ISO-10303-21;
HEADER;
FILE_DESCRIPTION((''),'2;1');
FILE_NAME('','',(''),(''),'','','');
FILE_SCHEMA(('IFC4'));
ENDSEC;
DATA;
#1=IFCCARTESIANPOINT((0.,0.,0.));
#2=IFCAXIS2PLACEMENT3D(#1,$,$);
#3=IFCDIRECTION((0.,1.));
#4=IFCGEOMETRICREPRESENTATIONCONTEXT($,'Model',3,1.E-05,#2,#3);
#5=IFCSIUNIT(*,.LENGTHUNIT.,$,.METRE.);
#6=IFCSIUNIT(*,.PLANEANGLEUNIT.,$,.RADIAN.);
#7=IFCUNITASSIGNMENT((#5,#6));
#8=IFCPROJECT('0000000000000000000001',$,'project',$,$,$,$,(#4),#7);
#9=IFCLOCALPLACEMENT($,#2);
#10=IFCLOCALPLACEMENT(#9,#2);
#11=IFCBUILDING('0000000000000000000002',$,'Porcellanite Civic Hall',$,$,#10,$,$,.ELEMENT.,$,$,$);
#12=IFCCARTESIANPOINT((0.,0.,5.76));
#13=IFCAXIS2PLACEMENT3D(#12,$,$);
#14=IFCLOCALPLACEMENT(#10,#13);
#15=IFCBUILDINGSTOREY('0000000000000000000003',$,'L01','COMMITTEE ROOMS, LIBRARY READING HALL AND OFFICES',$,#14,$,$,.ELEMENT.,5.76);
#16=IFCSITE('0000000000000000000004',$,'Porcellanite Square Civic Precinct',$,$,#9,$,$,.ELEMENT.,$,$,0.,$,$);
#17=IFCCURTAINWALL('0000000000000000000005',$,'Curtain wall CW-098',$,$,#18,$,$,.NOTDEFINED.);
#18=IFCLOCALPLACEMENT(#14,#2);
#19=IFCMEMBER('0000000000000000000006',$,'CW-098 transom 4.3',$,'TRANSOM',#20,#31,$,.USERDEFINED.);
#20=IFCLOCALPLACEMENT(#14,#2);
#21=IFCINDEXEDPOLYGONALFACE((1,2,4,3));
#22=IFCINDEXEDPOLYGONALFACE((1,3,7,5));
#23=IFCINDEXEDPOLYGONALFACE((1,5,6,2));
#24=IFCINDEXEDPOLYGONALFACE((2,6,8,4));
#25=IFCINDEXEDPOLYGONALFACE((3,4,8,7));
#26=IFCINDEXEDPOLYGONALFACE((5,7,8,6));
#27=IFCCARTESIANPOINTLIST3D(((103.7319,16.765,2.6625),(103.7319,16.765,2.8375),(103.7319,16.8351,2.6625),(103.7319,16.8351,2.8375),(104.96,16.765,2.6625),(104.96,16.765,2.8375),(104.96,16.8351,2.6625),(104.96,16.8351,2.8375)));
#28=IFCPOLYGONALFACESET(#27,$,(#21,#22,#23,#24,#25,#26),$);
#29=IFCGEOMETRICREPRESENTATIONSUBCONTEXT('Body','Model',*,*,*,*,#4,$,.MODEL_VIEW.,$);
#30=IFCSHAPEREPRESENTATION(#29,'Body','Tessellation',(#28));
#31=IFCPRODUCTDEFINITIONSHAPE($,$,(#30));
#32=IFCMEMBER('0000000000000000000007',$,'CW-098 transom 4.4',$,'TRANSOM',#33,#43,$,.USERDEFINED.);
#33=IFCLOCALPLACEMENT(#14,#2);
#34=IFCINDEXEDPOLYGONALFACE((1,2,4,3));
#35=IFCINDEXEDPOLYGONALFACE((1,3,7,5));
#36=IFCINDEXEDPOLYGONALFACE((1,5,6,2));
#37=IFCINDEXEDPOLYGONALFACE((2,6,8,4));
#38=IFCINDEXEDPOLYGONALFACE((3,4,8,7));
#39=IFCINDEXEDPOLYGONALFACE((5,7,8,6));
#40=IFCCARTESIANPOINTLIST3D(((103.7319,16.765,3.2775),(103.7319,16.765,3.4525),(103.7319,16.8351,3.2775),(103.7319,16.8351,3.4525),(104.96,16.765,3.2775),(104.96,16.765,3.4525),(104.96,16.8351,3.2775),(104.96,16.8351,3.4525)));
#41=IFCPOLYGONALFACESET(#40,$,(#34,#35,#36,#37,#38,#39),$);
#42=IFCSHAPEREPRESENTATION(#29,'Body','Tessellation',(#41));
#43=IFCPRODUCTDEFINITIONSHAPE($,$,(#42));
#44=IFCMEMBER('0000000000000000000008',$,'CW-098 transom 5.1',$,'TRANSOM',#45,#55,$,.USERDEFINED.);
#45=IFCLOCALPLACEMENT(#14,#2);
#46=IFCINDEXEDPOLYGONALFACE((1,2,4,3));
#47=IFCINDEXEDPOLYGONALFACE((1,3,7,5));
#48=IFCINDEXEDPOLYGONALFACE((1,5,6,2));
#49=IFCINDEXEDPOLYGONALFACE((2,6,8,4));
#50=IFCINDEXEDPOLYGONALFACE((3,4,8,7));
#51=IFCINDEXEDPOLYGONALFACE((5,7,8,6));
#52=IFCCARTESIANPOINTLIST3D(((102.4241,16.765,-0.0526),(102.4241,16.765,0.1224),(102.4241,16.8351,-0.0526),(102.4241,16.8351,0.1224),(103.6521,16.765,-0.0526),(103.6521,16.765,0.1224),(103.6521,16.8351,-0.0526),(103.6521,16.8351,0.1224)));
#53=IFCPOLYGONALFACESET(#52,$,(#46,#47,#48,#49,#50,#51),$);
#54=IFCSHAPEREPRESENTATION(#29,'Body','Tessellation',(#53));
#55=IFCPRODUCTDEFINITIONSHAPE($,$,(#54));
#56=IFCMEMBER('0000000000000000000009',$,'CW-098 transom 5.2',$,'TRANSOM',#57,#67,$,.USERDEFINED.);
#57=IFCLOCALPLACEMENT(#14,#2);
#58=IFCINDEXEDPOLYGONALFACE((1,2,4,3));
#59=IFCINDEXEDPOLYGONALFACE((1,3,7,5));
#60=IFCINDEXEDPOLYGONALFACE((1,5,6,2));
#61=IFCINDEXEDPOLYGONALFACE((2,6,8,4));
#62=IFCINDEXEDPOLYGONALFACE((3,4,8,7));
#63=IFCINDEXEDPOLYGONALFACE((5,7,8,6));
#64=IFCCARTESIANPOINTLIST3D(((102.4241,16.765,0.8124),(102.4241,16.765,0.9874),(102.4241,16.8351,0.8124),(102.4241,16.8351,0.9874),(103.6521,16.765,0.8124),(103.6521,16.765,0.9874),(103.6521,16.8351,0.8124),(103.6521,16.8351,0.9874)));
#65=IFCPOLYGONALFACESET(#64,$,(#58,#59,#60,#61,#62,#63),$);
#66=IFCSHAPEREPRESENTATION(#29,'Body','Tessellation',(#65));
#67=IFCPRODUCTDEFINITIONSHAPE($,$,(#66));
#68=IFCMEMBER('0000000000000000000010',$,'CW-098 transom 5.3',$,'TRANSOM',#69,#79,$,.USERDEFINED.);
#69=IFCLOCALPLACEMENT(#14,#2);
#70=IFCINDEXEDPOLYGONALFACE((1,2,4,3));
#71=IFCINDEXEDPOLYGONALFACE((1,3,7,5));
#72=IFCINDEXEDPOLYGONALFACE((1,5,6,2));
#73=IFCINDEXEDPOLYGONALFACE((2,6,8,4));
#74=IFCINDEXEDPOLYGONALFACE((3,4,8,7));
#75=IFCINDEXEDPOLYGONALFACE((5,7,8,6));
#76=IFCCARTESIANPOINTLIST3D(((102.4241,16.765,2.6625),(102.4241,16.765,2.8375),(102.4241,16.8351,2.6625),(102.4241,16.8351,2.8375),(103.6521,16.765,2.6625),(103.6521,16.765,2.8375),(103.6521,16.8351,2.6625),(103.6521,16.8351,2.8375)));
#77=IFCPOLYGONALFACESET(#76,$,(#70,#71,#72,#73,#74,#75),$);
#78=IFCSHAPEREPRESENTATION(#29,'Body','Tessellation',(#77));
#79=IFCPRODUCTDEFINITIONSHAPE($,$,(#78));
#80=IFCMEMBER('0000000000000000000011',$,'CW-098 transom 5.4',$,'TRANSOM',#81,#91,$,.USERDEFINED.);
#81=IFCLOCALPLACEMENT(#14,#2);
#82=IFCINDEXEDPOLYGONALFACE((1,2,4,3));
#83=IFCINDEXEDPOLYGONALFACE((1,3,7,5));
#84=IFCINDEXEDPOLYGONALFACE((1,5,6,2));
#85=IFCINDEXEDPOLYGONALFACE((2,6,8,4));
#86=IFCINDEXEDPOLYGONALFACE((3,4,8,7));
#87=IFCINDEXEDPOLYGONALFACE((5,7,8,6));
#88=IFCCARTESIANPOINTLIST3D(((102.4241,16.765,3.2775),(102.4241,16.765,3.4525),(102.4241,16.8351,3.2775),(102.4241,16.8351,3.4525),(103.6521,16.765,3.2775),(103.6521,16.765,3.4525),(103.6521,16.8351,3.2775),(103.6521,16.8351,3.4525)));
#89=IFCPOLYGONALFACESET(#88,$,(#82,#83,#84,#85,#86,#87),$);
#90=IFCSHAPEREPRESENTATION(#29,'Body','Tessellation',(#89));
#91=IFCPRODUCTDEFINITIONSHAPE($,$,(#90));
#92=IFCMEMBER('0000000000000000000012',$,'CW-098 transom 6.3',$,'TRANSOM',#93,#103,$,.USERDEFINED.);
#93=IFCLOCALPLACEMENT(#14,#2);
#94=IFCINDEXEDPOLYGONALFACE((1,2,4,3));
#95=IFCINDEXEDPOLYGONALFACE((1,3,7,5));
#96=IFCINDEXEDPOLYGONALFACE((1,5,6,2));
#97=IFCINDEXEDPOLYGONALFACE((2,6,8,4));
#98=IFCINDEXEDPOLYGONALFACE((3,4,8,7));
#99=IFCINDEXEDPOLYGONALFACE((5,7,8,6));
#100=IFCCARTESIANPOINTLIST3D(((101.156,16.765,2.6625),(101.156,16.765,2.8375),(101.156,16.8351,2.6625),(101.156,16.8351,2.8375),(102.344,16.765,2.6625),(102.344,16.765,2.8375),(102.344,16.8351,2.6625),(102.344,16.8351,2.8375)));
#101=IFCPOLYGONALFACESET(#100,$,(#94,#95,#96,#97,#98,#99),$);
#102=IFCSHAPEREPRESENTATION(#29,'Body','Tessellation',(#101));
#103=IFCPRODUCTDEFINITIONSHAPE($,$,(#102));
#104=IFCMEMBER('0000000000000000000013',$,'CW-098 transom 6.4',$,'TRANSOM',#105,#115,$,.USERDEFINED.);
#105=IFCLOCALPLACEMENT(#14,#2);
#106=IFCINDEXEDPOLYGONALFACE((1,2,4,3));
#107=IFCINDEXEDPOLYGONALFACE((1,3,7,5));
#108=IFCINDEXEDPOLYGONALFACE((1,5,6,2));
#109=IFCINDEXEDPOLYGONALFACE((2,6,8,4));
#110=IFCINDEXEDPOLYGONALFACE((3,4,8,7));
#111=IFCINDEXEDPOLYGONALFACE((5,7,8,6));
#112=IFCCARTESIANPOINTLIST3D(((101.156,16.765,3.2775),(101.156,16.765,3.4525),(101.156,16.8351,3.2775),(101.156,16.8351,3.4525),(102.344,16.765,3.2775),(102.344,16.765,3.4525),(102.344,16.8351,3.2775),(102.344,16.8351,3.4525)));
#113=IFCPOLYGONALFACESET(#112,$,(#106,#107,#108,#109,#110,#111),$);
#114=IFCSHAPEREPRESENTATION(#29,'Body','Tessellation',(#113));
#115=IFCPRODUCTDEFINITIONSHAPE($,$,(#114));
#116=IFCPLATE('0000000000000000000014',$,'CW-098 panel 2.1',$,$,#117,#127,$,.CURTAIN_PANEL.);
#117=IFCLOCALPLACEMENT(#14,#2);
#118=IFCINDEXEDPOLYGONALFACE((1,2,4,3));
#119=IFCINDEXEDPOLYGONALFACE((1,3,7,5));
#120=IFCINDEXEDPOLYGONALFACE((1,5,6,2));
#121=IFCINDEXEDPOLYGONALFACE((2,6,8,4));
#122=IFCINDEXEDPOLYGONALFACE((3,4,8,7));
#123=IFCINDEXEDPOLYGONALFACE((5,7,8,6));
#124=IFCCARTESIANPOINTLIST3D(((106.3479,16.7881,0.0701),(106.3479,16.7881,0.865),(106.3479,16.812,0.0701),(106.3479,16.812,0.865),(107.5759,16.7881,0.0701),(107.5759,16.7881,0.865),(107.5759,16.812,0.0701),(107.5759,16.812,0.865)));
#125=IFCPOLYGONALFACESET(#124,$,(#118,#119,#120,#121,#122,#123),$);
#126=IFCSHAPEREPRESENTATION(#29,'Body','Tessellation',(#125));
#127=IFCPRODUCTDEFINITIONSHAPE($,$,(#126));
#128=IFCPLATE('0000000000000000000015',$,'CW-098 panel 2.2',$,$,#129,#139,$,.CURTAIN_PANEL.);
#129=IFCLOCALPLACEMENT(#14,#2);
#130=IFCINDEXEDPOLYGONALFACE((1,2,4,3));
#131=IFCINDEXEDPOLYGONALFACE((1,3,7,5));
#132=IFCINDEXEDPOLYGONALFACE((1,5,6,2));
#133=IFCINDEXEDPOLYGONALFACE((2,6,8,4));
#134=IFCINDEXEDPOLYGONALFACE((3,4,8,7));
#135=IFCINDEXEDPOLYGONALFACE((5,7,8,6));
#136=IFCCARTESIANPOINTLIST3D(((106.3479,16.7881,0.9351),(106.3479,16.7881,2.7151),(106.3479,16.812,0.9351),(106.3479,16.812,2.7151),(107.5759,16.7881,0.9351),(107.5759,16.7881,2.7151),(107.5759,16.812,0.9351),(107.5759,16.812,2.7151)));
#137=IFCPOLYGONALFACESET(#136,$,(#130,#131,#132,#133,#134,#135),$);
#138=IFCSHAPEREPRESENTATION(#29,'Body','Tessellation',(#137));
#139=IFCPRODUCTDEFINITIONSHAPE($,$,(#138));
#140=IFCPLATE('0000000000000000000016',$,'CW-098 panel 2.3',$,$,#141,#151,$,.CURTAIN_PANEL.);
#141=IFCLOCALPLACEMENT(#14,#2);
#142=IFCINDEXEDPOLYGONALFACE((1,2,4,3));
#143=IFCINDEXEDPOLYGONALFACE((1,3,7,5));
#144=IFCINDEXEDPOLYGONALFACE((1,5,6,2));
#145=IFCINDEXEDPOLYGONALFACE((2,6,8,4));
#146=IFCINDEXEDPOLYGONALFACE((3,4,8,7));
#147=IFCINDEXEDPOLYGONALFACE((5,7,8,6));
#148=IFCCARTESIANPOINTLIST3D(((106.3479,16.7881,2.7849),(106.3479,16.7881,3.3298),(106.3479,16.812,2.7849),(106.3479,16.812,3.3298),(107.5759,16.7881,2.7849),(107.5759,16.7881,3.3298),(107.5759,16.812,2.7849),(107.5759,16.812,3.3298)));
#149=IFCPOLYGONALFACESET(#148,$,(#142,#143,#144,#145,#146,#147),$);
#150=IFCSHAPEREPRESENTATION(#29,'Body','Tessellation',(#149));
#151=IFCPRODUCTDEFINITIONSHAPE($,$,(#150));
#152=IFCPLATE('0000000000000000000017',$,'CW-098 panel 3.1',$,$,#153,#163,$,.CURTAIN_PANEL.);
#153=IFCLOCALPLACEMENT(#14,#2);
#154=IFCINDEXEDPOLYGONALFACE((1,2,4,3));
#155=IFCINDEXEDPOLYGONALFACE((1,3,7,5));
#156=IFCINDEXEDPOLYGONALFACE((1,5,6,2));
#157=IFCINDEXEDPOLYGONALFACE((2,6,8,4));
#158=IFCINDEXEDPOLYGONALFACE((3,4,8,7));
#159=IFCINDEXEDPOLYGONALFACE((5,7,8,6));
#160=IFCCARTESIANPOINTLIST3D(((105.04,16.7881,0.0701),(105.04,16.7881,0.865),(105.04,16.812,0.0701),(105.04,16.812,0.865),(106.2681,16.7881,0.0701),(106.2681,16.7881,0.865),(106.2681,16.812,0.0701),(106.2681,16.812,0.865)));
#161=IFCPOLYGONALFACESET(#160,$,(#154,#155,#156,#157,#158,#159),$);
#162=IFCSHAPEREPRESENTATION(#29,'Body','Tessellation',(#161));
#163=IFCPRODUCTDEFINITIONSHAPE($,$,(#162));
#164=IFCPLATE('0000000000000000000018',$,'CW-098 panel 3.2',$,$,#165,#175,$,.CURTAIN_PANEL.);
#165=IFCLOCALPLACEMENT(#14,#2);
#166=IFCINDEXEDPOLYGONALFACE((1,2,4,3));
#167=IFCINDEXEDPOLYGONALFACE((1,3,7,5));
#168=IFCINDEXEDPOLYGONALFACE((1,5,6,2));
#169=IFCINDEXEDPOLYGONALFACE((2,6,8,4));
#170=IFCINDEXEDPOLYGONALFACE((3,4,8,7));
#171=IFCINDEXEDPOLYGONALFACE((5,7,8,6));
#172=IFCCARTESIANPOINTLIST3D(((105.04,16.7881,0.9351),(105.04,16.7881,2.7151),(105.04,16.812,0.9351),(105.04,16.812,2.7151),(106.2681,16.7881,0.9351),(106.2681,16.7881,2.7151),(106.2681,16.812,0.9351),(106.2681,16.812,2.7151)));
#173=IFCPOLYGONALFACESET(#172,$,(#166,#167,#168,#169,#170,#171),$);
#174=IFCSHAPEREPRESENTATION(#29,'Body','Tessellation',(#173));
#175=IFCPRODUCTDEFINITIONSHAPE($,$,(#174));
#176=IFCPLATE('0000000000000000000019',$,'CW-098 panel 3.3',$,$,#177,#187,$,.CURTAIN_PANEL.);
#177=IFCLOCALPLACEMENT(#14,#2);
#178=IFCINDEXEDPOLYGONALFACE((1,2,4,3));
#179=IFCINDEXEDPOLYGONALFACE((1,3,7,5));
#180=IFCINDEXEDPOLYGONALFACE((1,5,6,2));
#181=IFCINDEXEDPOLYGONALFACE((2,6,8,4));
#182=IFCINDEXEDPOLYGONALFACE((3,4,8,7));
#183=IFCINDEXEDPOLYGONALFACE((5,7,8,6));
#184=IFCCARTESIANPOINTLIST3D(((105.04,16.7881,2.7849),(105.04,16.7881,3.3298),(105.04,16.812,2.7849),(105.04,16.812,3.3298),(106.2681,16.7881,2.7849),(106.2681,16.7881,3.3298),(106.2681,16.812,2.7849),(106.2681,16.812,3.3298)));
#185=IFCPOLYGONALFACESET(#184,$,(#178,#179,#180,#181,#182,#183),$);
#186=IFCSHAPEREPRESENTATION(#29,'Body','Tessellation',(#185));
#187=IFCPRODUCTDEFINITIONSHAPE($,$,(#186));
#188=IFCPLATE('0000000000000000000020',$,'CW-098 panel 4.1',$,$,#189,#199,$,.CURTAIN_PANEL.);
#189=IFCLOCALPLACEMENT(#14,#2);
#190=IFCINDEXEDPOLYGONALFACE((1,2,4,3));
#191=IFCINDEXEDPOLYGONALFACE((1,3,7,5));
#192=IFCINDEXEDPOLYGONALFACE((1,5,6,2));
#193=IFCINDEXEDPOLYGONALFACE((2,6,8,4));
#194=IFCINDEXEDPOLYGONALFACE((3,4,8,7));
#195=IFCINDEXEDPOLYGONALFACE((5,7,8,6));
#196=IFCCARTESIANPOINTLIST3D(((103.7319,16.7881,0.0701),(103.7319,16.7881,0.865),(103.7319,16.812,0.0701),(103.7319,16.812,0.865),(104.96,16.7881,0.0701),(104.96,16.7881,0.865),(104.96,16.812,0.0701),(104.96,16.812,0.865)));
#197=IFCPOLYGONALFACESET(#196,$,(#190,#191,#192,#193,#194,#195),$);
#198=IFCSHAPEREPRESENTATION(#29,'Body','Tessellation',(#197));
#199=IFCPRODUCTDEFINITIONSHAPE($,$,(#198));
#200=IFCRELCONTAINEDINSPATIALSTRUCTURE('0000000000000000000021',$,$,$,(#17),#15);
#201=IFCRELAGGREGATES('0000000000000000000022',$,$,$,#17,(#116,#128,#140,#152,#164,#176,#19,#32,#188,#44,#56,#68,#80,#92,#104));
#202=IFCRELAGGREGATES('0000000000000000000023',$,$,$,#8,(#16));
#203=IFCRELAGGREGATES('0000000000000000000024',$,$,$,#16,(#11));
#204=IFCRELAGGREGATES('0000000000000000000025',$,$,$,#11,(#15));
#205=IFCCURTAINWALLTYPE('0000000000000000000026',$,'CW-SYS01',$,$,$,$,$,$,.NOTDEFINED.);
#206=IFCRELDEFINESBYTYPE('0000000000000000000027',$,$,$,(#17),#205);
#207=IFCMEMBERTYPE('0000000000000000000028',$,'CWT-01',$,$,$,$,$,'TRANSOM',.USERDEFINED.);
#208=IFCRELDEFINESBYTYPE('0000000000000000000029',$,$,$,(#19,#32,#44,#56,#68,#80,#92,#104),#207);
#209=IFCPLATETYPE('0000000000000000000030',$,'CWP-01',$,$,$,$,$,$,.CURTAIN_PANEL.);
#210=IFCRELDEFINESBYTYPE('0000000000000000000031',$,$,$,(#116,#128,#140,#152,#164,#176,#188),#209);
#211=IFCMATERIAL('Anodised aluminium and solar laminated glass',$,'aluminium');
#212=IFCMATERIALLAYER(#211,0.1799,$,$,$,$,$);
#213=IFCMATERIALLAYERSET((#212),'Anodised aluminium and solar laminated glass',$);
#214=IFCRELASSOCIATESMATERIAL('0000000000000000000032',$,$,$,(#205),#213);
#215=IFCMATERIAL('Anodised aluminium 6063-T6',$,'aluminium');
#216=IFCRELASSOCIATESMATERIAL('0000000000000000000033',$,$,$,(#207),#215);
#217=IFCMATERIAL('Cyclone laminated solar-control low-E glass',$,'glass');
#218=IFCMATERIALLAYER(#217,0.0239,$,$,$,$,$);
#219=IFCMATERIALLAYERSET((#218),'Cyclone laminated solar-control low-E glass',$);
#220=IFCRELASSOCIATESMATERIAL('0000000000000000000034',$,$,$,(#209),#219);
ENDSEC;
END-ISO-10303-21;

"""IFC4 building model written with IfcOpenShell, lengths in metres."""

from ifc_helpers import new_model, si_unit, direction, frame, origin, origin_2d, place, context, subcontext, project, spatial, rectangle, extrude, material, layer, layer_set, material_profile, profile_set, type_object, element, aggregate, save


model = new_model("IFC4")

# Units and contexts
model_context = context("Model", 3, precision=1e-05, world=origin(), true_north=direction((0.0, 1.0)))
body_context = subcontext(model_context, "Body", "Model", "MODEL_VIEW")
ifc_project = project(units=[si_unit("LENGTHUNIT", "METRE"), si_unit("PLANEANGLEUNIT", "RADIAN")], contexts=[model_context])

# Site, building, storey
site_placement = place(None, origin())
site = spatial("IfcSite", under=ifc_project, at=site_placement, Name="Porcellanite Square Civic Precinct", CompositionType="ELEMENT", RefElevation=0.0)
building_placement = place(site_placement, origin())
building = spatial("IfcBuilding", under=site, at=building_placement, Name="Porcellanite Civic Hall", CompositionType="ELEMENT")
storey_placement = place(building_placement, frame((0.0, 0.0, 5.76)))
storey = spatial("IfcBuildingStorey", under=building, at=storey_placement, Name="L01", Description="COMMITTEE ROOMS, LIBRARY READING HALL AND OFFICES", CompositionType="ELEMENT", Elevation=5.76)

# Curtain wall, members, plates
ifc_material_1 = material(Name="Anodised aluminium and solar laminated glass", Category="aluminium")
ifc_layer_1 = layer(ifc_material_1, 0.1799)
ifc_layer_set_1 = layer_set([ifc_layer_1], Name="Anodised aluminium and solar laminated glass")
curtain_wall_type = type_object("IfcCurtainWallType", Name="CW-SYS01", PredefinedType="NOTDEFINED", material=ifc_layer_set_1)
curtain_wall_placement = place(storey_placement, origin())
curtain_wall = element("IfcCurtainWall", 1, at=curtain_wall_placement, inside=storey, type_object=curtain_wall_type, Name="Curtain wall CW-098", PredefinedType="NOTDEFINED")
ifc_material_2 = material(Name="Anodised aluminium 6063-T6", Category="aluminium")
ifc_material_profile_1 = material_profile(ifc_material_2, rectangle(XDim=0.0701, YDim=0.175, at=origin_2d()), Name="AL-70x175")
ifc_profile_set_1 = profile_set([ifc_material_profile_1], Name="Anodised aluminium 6063-T6")
member_type_1 = type_object("IfcMemberType", Name="CWT-01", ElementType="TRANSOM", PredefinedType="USERDEFINED", material=ifc_profile_set_1)
member_1_placement = place(storey_placement, frame((104.96, 16.8, 2.75), z_axis=(-1.0, 0.0, 0.0), x_axis=(0.0, -1.0, 0.0)))
member_1 = element("IfcMember", 2, at=member_1_placement, type_object=member_type_1, Name="CW-098 transom 4.3", ObjectType="TRANSOM", PredefinedType="USERDEFINED", context=body_context, shape_type="SweptSolid", body=[
    extrude(rectangle(XDim=0.0701, YDim=0.175, at=origin_2d()), origin(), (0.0, 0.0, 1.0), 1.228),
])
member_2_placement = place(storey_placement, frame((104.96, 16.8, 3.365), z_axis=(-1.0, 0.0, 0.0), x_axis=(0.0, -1.0, 0.0)))
member_2 = element("IfcMember", 3, at=member_2_placement, type_object=member_type_1, Name="CW-098 transom 4.4", ObjectType="TRANSOM", PredefinedType="USERDEFINED", context=body_context, shape_type="SweptSolid", body=[
    extrude(rectangle(XDim=0.0701, YDim=0.175, at=origin_2d()), origin(), (0.0, 0.0, 1.0), 1.228),
])
member_3_placement = place(storey_placement, frame((103.6521, 16.8, 0.0349), z_axis=(-1.0, 0.0, 0.0), x_axis=(0.0, -1.0, 0.0)))
member_3 = element("IfcMember", 4, at=member_3_placement, type_object=member_type_1, Name="CW-098 transom 5.1", ObjectType="TRANSOM", PredefinedType="USERDEFINED", context=body_context, shape_type="SweptSolid", body=[
    extrude(rectangle(XDim=0.0701, YDim=0.175, at=origin_2d()), origin(), (0.0, 0.0, 1.0), 1.228),
])
member_4_placement = place(storey_placement, frame((103.6521, 16.8, 0.8999), z_axis=(-1.0, 0.0, 0.0), x_axis=(0.0, -1.0, 0.0)))
member_4 = element("IfcMember", 5, at=member_4_placement, type_object=member_type_1, Name="CW-098 transom 5.2", ObjectType="TRANSOM", PredefinedType="USERDEFINED", context=body_context, shape_type="SweptSolid", body=[
    extrude(rectangle(XDim=0.0701, YDim=0.175, at=origin_2d()), origin(), (0.0, 0.0, 1.0), 1.228),
])
member_5_placement = place(storey_placement, frame((103.6521, 16.8, 2.75), z_axis=(-1.0, 0.0, 0.0), x_axis=(0.0, -1.0, 0.0)))
member_5 = element("IfcMember", 6, at=member_5_placement, type_object=member_type_1, Name="CW-098 transom 5.3", ObjectType="TRANSOM", PredefinedType="USERDEFINED", context=body_context, shape_type="SweptSolid", body=[
    extrude(rectangle(XDim=0.0701, YDim=0.175, at=origin_2d()), origin(), (0.0, 0.0, 1.0), 1.228),
])
member_6_placement = place(storey_placement, frame((103.6521, 16.8, 3.365), z_axis=(-1.0, 0.0, 0.0), x_axis=(0.0, -1.0, 0.0)))
member_6 = element("IfcMember", 7, at=member_6_placement, type_object=member_type_1, Name="CW-098 transom 5.4", ObjectType="TRANSOM", PredefinedType="USERDEFINED", context=body_context, shape_type="SweptSolid", body=[
    extrude(rectangle(XDim=0.0701, YDim=0.175, at=origin_2d()), origin(), (0.0, 0.0, 1.0), 1.228),
])
member_7_placement = place(storey_placement, frame((102.344, 16.8, 2.75), z_axis=(-1.0, 0.0, 0.0), x_axis=(0.0, -1.0, 0.0)))
member_7 = element("IfcMember", 8, at=member_7_placement, type_object=member_type_1, Name="CW-098 transom 6.3", ObjectType="TRANSOM", PredefinedType="USERDEFINED", context=body_context, shape_type="SweptSolid", body=[
    extrude(rectangle(XDim=0.0701, YDim=0.175, at=origin_2d()), origin(), (0.0, 0.0, 1.0), 1.188),
])
member_8_placement = place(storey_placement, frame((102.344, 16.8, 3.365), z_axis=(-1.0, 0.0, 0.0), x_axis=(0.0, -1.0, 0.0)))
member_8 = element("IfcMember", 9, at=member_8_placement, type_object=member_type_1, Name="CW-098 transom 6.4", ObjectType="TRANSOM", PredefinedType="USERDEFINED", context=body_context, shape_type="SweptSolid", body=[
    extrude(rectangle(XDim=0.0701, YDim=0.175, at=origin_2d()), origin(), (0.0, 0.0, 1.0), 1.188),
])
ifc_material_3 = material(Name="Cyclone laminated solar-control low-E glass", Category="glass")
ifc_layer_2 = layer(ifc_material_3, 0.0239)
ifc_layer_set_2 = layer_set([ifc_layer_2], Name="Cyclone laminated solar-control low-E glass")
plate_type = type_object("IfcPlateType", Name="CWP-01", PredefinedType="CURTAIN_PANEL", material=ifc_layer_set_2)
plate_1_placement = place(storey_placement, frame((106.9619, 16.8, 0.0701), z_axis=(0.0, 0.0, 1.0), x_axis=(-1.0, 0.0, 0.0)))
plate_1 = element("IfcPlate", 10, at=plate_1_placement, type_object=plate_type, Name="CW-098 panel 2.1", PredefinedType="CURTAIN_PANEL", context=body_context, shape_type="SweptSolid", body=[
    extrude(rectangle(XDim=1.228, YDim=0.0239, at=origin_2d()), origin(), (0.0, 0.0, 1.0), 0.7949),
])
plate_2_placement = place(storey_placement, frame((106.9619, 16.8, 0.9351), z_axis=(0.0, 0.0, 1.0), x_axis=(-1.0, 0.0, 0.0)))
plate_2 = element("IfcPlate", 11, at=plate_2_placement, type_object=plate_type, Name="CW-098 panel 2.2", PredefinedType="CURTAIN_PANEL", context=body_context, shape_type="SweptSolid", body=[
    extrude(rectangle(XDim=1.228, YDim=0.0239, at=origin_2d()), origin(), (0.0, 0.0, 1.0), 1.78),
])
plate_3_placement = place(storey_placement, frame((106.9619, 16.8, 2.7849), z_axis=(0.0, 0.0, 1.0), x_axis=(-1.0, 0.0, 0.0)))
plate_3 = element("IfcPlate", 12, at=plate_3_placement, type_object=plate_type, Name="CW-098 panel 2.3", PredefinedType="CURTAIN_PANEL", context=body_context, shape_type="SweptSolid", body=[
    extrude(rectangle(XDim=1.228, YDim=0.0239, at=origin_2d()), origin(), (0.0, 0.0, 1.0), 0.5449),
])
plate_4_placement = place(storey_placement, frame((105.6541, 16.8, 0.0701), z_axis=(0.0, 0.0, 1.0), x_axis=(-1.0, 0.0, 0.0)))
plate_4 = element("IfcPlate", 13, at=plate_4_placement, type_object=plate_type, Name="CW-098 panel 3.1", PredefinedType="CURTAIN_PANEL", context=body_context, shape_type="SweptSolid", body=[
    extrude(rectangle(XDim=1.228, YDim=0.0239, at=origin_2d()), origin(), (0.0, 0.0, 1.0), 0.7949),
])
plate_5_placement = place(storey_placement, frame((105.6541, 16.8, 0.9351), z_axis=(0.0, 0.0, 1.0), x_axis=(-1.0, 0.0, 0.0)))
plate_5 = element("IfcPlate", 14, at=plate_5_placement, type_object=plate_type, Name="CW-098 panel 3.2", PredefinedType="CURTAIN_PANEL", context=body_context, shape_type="SweptSolid", body=[
    extrude(rectangle(XDim=1.228, YDim=0.0239, at=origin_2d()), origin(), (0.0, 0.0, 1.0), 1.78),
])
plate_6_placement = place(storey_placement, frame((105.6541, 16.8, 2.7849), z_axis=(0.0, 0.0, 1.0), x_axis=(-1.0, 0.0, 0.0)))
plate_6 = element("IfcPlate", 15, at=plate_6_placement, type_object=plate_type, Name="CW-098 panel 3.3", PredefinedType="CURTAIN_PANEL", context=body_context, shape_type="SweptSolid", body=[
    extrude(rectangle(XDim=1.228, YDim=0.0239, at=origin_2d()), origin(), (0.0, 0.0, 1.0), 0.5449),
])
plate_7_placement = place(storey_placement, frame((104.3459, 16.8, 0.0701), z_axis=(0.0, 0.0, 1.0), x_axis=(-1.0, 0.0, 0.0)))
plate_7 = element("IfcPlate", 16, at=plate_7_placement, type_object=plate_type, Name="CW-098 panel 4.1", PredefinedType="CURTAIN_PANEL", context=body_context, shape_type="SweptSolid", body=[
    extrude(rectangle(XDim=1.228, YDim=0.0239, at=origin_2d()), origin(), (0.0, 0.0, 1.0), 0.7949),
])
aggregate(curtain_wall, [plate_1, plate_2, plate_3, plate_4, plate_5, plate_6, member_1, member_2, plate_7, member_3, member_4, member_5, member_6, member_7, member_8])

save(model, "model.ifc")
